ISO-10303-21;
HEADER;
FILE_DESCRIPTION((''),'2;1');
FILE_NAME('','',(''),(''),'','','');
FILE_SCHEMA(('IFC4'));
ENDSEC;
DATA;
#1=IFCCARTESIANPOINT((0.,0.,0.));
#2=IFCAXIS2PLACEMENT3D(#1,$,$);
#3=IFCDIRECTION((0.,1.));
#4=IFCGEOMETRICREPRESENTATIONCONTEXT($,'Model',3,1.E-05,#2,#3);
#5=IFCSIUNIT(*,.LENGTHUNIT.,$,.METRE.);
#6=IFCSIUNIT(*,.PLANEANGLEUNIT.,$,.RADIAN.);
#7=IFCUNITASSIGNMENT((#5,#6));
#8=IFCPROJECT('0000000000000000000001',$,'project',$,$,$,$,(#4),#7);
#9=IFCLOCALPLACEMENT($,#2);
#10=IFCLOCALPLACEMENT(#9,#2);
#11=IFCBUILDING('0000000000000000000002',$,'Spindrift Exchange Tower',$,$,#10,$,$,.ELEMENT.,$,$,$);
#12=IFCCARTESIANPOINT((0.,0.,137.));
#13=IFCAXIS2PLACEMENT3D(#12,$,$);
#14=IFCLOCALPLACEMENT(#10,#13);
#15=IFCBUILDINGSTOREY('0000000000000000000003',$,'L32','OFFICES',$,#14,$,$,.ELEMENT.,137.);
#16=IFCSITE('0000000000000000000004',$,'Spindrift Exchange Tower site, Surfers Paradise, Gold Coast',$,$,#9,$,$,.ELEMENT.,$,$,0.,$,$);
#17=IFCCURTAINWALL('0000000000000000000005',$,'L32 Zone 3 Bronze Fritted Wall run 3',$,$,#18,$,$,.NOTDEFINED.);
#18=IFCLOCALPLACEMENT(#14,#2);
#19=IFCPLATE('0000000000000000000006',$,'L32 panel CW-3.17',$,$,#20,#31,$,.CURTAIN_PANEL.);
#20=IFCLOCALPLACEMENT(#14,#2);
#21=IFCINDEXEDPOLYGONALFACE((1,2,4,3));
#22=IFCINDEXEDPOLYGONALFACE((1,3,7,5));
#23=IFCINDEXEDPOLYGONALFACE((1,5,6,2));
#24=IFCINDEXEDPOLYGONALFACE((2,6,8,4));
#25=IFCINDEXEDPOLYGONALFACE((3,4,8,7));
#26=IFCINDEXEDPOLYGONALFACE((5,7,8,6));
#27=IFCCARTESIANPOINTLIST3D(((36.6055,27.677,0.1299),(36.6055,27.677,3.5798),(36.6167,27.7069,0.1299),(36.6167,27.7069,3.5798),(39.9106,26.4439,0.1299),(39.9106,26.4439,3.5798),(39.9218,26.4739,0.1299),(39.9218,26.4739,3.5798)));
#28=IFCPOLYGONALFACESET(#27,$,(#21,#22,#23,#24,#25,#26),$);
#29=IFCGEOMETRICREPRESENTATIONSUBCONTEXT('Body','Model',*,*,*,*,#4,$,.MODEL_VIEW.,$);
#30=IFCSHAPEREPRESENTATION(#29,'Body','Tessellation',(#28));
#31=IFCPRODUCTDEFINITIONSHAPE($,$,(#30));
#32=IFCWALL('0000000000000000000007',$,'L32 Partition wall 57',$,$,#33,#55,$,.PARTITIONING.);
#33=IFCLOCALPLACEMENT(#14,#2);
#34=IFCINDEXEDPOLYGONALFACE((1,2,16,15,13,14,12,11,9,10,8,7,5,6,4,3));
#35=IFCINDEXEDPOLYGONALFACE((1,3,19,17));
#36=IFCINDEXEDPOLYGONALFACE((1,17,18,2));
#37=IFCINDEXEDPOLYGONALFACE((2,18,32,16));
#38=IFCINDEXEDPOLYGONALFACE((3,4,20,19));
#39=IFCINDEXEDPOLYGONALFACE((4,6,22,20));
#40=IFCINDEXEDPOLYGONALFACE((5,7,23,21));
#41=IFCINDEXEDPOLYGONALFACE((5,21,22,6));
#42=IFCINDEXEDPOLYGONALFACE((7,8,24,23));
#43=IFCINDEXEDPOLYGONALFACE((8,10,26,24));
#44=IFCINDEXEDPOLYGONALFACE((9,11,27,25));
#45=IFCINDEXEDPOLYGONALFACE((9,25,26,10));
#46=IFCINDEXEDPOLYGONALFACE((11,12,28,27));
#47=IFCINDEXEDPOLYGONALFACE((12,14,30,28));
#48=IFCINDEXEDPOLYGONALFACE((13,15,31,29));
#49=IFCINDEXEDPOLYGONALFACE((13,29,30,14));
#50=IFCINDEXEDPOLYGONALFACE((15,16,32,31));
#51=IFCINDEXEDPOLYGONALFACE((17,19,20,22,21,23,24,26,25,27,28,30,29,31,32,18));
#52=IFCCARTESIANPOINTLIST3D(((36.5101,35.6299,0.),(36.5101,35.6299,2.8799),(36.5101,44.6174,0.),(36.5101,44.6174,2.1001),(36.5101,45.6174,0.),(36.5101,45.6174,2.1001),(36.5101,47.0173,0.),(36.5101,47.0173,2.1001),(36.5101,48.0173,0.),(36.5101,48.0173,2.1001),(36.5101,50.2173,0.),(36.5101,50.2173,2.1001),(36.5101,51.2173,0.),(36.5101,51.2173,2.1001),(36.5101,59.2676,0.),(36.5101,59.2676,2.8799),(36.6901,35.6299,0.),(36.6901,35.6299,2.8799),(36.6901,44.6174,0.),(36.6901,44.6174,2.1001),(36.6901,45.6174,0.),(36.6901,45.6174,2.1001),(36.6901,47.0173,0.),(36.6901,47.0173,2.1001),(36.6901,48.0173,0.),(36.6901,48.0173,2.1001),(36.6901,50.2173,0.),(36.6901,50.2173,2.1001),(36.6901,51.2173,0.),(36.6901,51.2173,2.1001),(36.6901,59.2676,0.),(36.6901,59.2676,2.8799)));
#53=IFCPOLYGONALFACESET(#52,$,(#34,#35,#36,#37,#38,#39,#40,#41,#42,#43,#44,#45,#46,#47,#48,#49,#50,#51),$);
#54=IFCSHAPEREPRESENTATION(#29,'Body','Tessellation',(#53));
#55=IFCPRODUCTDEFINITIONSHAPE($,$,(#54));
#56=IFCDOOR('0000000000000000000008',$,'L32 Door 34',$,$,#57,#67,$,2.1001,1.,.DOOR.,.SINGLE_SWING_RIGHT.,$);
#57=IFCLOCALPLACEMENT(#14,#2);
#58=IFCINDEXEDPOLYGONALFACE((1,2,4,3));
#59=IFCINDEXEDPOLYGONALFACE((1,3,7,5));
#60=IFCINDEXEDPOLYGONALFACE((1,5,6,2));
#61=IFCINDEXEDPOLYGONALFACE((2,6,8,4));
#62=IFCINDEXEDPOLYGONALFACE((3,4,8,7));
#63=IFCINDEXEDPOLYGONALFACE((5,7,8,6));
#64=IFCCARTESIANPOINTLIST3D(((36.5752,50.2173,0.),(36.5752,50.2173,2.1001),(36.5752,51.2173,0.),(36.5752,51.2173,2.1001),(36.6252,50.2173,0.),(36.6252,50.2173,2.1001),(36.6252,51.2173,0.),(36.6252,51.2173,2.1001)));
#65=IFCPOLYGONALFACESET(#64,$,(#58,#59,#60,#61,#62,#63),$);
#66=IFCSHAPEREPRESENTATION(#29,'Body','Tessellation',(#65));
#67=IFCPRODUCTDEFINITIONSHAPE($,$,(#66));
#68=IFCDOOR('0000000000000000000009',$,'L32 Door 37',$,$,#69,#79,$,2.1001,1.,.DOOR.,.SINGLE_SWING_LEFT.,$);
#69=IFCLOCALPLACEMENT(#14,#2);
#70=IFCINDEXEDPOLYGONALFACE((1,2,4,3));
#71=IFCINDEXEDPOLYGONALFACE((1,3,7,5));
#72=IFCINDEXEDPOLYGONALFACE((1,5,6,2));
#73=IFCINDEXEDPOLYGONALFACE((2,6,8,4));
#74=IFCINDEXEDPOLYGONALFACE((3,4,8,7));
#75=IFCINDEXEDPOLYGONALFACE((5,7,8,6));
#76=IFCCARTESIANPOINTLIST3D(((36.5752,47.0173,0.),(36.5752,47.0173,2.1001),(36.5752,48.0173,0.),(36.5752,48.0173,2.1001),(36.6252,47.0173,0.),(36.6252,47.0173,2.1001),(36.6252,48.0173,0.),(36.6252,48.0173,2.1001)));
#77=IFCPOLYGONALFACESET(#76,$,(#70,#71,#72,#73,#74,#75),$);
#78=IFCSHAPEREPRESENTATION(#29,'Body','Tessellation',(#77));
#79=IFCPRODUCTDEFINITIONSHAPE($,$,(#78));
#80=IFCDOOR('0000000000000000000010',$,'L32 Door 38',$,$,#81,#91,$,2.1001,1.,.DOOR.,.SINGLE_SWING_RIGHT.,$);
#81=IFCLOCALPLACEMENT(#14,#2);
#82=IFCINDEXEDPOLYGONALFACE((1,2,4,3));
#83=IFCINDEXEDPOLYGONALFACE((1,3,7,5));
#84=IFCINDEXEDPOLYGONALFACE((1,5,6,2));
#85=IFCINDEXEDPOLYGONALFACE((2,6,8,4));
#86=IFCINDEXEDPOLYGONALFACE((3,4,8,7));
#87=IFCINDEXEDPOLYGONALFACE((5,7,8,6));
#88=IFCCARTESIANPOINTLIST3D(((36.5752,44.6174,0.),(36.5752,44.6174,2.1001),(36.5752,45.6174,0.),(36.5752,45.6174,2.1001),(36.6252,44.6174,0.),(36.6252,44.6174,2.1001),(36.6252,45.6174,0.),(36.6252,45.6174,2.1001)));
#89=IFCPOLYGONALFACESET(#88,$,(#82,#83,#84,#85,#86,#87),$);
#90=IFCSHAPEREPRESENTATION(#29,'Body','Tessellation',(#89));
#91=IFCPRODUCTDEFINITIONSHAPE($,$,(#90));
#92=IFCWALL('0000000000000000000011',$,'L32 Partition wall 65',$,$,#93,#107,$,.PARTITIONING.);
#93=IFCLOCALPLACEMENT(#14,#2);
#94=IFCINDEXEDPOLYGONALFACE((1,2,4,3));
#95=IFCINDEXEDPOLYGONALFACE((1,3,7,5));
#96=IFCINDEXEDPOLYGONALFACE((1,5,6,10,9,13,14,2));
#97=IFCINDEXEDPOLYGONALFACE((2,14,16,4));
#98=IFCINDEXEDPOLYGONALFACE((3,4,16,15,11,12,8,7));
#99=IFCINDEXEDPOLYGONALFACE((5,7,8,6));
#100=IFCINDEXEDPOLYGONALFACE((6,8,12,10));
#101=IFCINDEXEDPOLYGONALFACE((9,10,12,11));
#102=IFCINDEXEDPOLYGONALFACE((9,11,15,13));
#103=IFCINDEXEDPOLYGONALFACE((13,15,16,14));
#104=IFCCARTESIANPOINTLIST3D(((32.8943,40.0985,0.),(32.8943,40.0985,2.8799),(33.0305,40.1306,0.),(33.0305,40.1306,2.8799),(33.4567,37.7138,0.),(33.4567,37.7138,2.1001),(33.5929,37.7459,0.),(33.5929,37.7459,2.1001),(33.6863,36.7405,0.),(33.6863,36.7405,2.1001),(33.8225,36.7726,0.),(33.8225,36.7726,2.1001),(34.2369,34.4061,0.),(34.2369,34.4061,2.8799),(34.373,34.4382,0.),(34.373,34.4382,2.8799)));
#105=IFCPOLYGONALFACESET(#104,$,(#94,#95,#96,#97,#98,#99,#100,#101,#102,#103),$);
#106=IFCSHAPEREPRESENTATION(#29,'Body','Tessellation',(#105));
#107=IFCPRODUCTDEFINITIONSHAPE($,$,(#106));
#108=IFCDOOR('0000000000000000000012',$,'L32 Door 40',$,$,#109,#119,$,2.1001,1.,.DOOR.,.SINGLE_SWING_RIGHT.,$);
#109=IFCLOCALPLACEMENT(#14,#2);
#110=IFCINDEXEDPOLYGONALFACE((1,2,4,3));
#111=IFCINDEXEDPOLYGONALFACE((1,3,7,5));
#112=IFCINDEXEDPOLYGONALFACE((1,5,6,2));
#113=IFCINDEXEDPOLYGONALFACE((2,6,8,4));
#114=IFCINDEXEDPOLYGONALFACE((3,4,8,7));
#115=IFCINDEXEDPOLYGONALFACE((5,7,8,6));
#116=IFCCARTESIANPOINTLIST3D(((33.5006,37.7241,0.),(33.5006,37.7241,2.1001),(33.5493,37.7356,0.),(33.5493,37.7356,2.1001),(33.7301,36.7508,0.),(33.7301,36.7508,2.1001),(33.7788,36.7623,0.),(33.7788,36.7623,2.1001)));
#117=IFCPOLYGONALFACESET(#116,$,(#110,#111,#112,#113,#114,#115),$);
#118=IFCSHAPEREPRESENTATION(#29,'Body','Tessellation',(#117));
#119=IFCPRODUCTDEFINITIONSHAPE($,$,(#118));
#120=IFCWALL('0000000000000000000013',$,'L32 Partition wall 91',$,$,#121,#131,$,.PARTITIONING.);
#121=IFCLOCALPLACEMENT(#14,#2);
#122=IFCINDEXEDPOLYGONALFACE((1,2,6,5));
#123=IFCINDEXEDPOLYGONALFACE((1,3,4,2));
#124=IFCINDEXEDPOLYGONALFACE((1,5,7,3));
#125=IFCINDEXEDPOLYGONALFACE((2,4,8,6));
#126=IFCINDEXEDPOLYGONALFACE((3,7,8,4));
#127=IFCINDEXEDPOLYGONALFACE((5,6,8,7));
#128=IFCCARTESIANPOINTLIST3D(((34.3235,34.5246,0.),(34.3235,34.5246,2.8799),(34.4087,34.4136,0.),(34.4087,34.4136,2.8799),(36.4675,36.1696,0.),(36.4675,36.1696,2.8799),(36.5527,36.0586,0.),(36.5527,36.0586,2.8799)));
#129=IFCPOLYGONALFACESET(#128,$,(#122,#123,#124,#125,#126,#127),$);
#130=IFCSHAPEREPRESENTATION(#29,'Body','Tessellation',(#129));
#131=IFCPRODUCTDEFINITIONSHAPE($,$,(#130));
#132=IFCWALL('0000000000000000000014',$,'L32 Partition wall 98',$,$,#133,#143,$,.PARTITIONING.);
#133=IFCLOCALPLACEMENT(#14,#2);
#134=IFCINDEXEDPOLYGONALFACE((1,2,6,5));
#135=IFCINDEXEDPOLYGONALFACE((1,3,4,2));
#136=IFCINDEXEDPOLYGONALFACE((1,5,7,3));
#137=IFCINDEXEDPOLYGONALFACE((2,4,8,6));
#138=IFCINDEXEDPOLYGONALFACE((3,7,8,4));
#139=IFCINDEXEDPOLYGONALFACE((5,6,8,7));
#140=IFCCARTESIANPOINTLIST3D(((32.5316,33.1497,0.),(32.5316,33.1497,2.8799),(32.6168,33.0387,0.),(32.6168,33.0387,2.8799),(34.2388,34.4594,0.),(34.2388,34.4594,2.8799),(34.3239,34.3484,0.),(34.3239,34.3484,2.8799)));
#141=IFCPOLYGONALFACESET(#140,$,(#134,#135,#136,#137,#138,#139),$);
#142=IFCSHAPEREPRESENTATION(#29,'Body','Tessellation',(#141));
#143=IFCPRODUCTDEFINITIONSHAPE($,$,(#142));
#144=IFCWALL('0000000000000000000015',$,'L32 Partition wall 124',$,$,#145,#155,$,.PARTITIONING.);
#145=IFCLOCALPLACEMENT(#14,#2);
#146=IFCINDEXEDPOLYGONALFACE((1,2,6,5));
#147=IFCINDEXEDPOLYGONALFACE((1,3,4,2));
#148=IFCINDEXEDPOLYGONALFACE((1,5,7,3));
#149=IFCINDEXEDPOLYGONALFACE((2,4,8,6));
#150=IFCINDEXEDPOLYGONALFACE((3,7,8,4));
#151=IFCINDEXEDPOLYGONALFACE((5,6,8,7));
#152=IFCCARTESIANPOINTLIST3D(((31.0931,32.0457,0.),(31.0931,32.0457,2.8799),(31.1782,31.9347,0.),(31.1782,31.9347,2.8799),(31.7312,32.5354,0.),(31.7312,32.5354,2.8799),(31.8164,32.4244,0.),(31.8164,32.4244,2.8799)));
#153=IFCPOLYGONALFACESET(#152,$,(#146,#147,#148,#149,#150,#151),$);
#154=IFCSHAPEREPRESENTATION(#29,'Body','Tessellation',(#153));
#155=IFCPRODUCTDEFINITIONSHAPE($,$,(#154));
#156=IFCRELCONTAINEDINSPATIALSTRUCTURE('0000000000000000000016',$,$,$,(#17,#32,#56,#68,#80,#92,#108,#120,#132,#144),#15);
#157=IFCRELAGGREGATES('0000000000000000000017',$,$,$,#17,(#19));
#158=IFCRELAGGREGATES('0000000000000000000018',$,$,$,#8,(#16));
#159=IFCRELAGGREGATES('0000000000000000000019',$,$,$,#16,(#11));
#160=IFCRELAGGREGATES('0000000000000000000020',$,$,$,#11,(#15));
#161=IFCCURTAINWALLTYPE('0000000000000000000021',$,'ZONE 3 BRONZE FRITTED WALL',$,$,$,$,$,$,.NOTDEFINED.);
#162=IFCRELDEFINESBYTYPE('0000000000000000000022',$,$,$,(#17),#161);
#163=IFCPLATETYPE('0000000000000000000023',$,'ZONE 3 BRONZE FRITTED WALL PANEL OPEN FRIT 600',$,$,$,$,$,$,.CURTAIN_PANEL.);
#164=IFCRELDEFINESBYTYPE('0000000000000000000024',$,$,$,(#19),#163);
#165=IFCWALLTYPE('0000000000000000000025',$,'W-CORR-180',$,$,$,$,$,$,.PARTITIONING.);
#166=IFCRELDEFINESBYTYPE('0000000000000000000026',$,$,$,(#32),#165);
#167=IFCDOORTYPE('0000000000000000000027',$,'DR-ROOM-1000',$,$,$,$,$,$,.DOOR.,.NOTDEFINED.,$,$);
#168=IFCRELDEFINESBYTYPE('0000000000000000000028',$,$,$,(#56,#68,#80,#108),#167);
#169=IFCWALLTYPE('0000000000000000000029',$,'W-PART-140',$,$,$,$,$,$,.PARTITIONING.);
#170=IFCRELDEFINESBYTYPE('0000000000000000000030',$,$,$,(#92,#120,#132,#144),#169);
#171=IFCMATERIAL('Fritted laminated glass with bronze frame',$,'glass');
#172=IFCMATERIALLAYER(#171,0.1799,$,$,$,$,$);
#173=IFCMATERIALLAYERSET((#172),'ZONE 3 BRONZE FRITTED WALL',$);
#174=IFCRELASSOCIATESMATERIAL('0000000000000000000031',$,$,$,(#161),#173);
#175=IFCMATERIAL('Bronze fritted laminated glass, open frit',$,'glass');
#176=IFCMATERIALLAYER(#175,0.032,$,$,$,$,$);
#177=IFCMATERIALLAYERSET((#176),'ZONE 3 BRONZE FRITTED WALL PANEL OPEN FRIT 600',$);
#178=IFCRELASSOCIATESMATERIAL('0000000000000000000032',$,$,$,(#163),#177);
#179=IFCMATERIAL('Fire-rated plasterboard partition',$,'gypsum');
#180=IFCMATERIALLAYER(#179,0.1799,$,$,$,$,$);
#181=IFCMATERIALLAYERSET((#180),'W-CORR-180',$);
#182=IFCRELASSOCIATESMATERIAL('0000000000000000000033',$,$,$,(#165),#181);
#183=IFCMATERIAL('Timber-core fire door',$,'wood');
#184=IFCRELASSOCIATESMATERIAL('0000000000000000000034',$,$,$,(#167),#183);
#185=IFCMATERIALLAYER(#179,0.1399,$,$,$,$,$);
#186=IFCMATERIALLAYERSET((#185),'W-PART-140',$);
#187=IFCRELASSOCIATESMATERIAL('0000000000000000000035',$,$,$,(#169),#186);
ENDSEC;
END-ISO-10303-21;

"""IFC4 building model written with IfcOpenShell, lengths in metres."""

from ifc_helpers import new_model, si_unit, direction, frame, frame_2d, origin, origin_2d, place, context, subcontext, project, spatial, rectangle, extrude, source, transform, mapped, material, layer, layer_set, type_object, element, fill, aggregate, save


model = new_model("IFC4")

# Units and contexts
model_context = context("Model", 3, precision=1e-05, world=origin(), true_north=direction((0.0, 1.0)))
body_context = subcontext(model_context, "Body", "Model", "MODEL_VIEW")
ifc_project = project(units=[si_unit("LENGTHUNIT", "METRE"), si_unit("PLANEANGLEUNIT", "RADIAN")], contexts=[model_context])

# Site, building, storey
site_placement = place(None, origin())
site = spatial("IfcSite", under=ifc_project, at=site_placement, Name="Spindrift Exchange Tower site, Surfers Paradise, Gold Coast", CompositionType="ELEMENT", RefElevation=0.0)
building_placement = place(site_placement, origin())
building = spatial("IfcBuilding", under=site, at=building_placement, Name="Spindrift Exchange Tower", CompositionType="ELEMENT")
storey_placement = place(building_placement, frame((0.0, 0.0, 137.0)))
storey = spatial("IfcBuildingStorey", under=building, at=storey_placement, Name="L32", Description="OFFICES", CompositionType="ELEMENT", Elevation=137.0)

# Curtain wall
ifc_material_1 = material(Name="Fritted laminated glass with bronze frame", Category="glass")
ifc_layer_1 = layer(ifc_material_1, 0.1799)
ifc_layer_set_1 = layer_set([ifc_layer_1], Name="ZONE 3 BRONZE FRITTED WALL")
curtain_wall_type = type_object("IfcCurtainWallType", Name="ZONE 3 BRONZE FRITTED WALL", PredefinedType="NOTDEFINED", material=ifc_layer_set_1)
curtain_wall_placement = place(storey_placement, origin())
curtain_wall = element("IfcCurtainWall", 1, at=curtain_wall_placement, inside=storey, type_object=curtain_wall_type, Name="L32 Zone 3 Bronze Fritted Wall run 3", PredefinedType="NOTDEFINED")

# Plate
ifc_material_2 = material(Name="Bronze fritted laminated glass, open frit", Category="glass")
ifc_layer_2 = layer(ifc_material_2, 0.032)
ifc_layer_set_2 = layer_set([ifc_layer_2], Name="ZONE 3 BRONZE FRITTED WALL PANEL OPEN FRIT 600")
plate_type_1 = type_object("IfcPlateType", Name="ZONE 3 BRONZE FRITTED WALL PANEL OPEN FRIT 600", PredefinedType="CURTAIN_PANEL", material=ifc_layer_set_2)
shared_shape_1 = source(origin(), body_context, "Body", "SweptSolid", [
    extrude(rectangle(XDim=3.5276, YDim=0.032, at=origin_2d()), origin(), (0.0, 0.0, 1.0), 3.45),
])
plate_1_placement = place(storey_placement, frame((38.2637, 27.0754, 0.1299), z_axis=(0.0, 0.0, 1.0), x_axis=(0.93692, -0.349545, 0.0)))
plate_1 = element("IfcPlate", 2, at=plate_1_placement, type_object=plate_type_1, Name="L32 panel CW-3.17", PredefinedType="CURTAIN_PANEL", context=body_context, shape_type="MappedRepresentation", body=[
    mapped(shared_shape_1, transform((0.0, 0.0, 0.0), scale=1.0)),
])
aggregate(curtain_wall, [plate_1])

# Wall, openings, doors
ifc_material_3 = material(Name="Fire-rated plasterboard partition", Category="gypsum")
ifc_layer_3 = layer(ifc_material_3, 0.1799)
ifc_layer_set_3 = layer_set([ifc_layer_3], Name="W-CORR-180")
wall_type_1 = type_object("IfcWallType", Name="W-CORR-180", PredefinedType="PARTITIONING", material=ifc_layer_set_3)
wall_1_placement = place(storey_placement, frame((36.6001, 35.6299, 0.0), z_axis=(0.0, 0.0, 1.0), x_axis=(0.0, 1.0, 0.0)))
wall_1 = element("IfcWall", 3, at=wall_1_placement, inside=storey, type_object=wall_type_1, Name="L32 Partition wall 57", PredefinedType="PARTITIONING", context=body_context, shape_type="SweptSolid", body=[
    extrude(rectangle(XDim=23.6377, YDim=0.1799, at=frame_2d((11.8188, 0.0))), origin(), (0.0, 0.0, 1.0), 2.8799),
])
opening_1_placement = place(wall_1_placement, frame((14.5874, 0.0, 0.0)))
opening_1 = element("IfcOpeningElement", 4, at=opening_1_placement, cuts=wall_1, PredefinedType="OPENING", context=body_context, shape_type="SweptSolid", body=[
    extrude(rectangle(XDim=1.0, YDim=2.1001, at=frame_2d((0.5, 1.05))), frame((0.0, 0.0999, 0.0), z_axis=(0.0, -1.0, 0.0), x_axis=(1.0, 0.0, 0.0)), (0.0, 0.0, 1.0), 0.2),
])
opening_2_placement = place(wall_1_placement, frame((11.3875, 0.0, 0.0)))
opening_2 = element("IfcOpeningElement", 5, at=opening_2_placement, cuts=wall_1, PredefinedType="OPENING", context=body_context, shape_type="SweptSolid", body=[
    extrude(rectangle(XDim=1.0, YDim=2.1001, at=frame_2d((0.5, 1.05))), frame((0.0, 0.0999, 0.0), z_axis=(0.0, -1.0, 0.0), x_axis=(1.0, 0.0, 0.0)), (0.0, 0.0, 1.0), 0.2),
])
opening_3_placement = place(wall_1_placement, frame((8.9875, 0.0, 0.0)))
opening_3 = element("IfcOpeningElement", 6, at=opening_3_placement, cuts=wall_1, PredefinedType="OPENING", context=body_context, shape_type="SweptSolid", body=[
    extrude(rectangle(XDim=1.0, YDim=2.1001, at=frame_2d((0.5, 1.05))), frame((0.0, 0.0999, 0.0), z_axis=(0.0, -1.0, 0.0), x_axis=(1.0, 0.0, 0.0)), (0.0, 0.0, 1.0), 0.2),
])
ifc_material_4 = material(Name="Timber-core fire door", Category="wood")
door_type = type_object("IfcDoorType", Name="DR-ROOM-1000", OperationType="NOTDEFINED", PredefinedType="DOOR", material=ifc_material_4)
shared_shape_2 = source(origin(), body_context, "Body", "SweptSolid", [
    extrude(rectangle(XDim=1.0, YDim=2.1001, at=frame_2d((0.5, 1.05))), frame((0.0, 0.0249, 0.0), z_axis=(0.0, -1.0, 0.0), x_axis=(1.0, 0.0, 0.0)), (0.0, 0.0, 1.0), 0.05),
])
door_1_placement = place(opening_1_placement, origin())
door_1 = element("IfcDoor", 7, at=door_1_placement, inside=storey, type_object=door_type, Name="L32 Door 34", OperationType="SINGLE_SWING_RIGHT", OverallHeight=2.1001, OverallWidth=1.0, PredefinedType="DOOR", context=body_context, shape_type="MappedRepresentation", body=[
    mapped(shared_shape_2, transform((0.0, 0.0, 0.0), scale=1.0)),
])
fill(opening_1, door_1)
door_2_placement = place(opening_2_placement, origin())
door_2 = element("IfcDoor", 8, at=door_2_placement, inside=storey, type_object=door_type, Name="L32 Door 37", OperationType="SINGLE_SWING_LEFT", OverallHeight=2.1001, OverallWidth=1.0, PredefinedType="DOOR", context=body_context, shape_type="MappedRepresentation", body=[
    mapped(shared_shape_2, transform((0.0, 0.0, 0.0), scale=1.0)),
])
fill(opening_2, door_2)
door_3_placement = place(opening_3_placement, origin())
door_3 = element("IfcDoor", 9, at=door_3_placement, inside=storey, type_object=door_type, Name="L32 Door 38", OperationType="SINGLE_SWING_RIGHT", OverallHeight=2.1001, OverallWidth=1.0, PredefinedType="DOOR", context=body_context, shape_type="MappedRepresentation", body=[
    mapped(shared_shape_2, transform((0.0, 0.0, 0.0), scale=1.0)),
])
fill(opening_3, door_3)

# Wall, opening, door
ifc_layer_4 = layer(ifc_material_3, 0.1399)
ifc_layer_set_4 = layer_set([ifc_layer_4], Name="W-PART-140")
wall_type_2 = type_object("IfcWallType", Name="W-PART-140", PredefinedType="PARTITIONING", material=ifc_layer_set_4)
wall_2_placement = place(storey_placement, frame((34.3049, 34.4221, 0.0), z_axis=(0.0, 0.0, 1.0), x_axis=(-0.229549, 0.973297, 0.0)))
wall_2 = element("IfcWall", 10, at=wall_2_placement, inside=storey, type_object=wall_type_2, Name="L32 Partition wall 65", PredefinedType="PARTITIONING", context=body_context, shape_type="SweptSolid", body=[
    extrude(rectangle(XDim=5.8486, YDim=0.1399, at=frame_2d((2.9243, 0.0))), origin(), (0.0, 0.0, 1.0), 2.8799),
])
opening_4_placement = place(wall_2_placement, frame((2.3984, 0.0, 0.0)))
opening_4 = element("IfcOpeningElement", 11, at=opening_4_placement, cuts=wall_2, PredefinedType="OPENING", context=body_context, shape_type="SweptSolid", body=[
    extrude(rectangle(XDim=1.0, YDim=2.1001, at=frame_2d((0.5, 1.05))), frame((0.0, 0.0798, 0.0), z_axis=(0.0, -1.0, 0.0), x_axis=(1.0, 0.0, 0.0)), (0.0, 0.0, 1.0), 0.1599),
])
door_4_placement = place(opening_4_placement, origin())
door_4 = element("IfcDoor", 12, at=door_4_placement, inside=storey, type_object=door_type, Name="L32 Door 40", OperationType="SINGLE_SWING_RIGHT", OverallHeight=2.1001, OverallWidth=1.0, PredefinedType="DOOR", context=body_context, shape_type="MappedRepresentation", body=[
    mapped(shared_shape_2, transform((0.0, 0.0, 0.0), scale=1.0)),
])
fill(opening_4, door_4)

# Walls
wall_3_placement = place(storey_placement, frame((36.51, 36.114, 0.0), z_axis=(0.0, 0.0, 1.0), x_axis=(-0.793382, -0.608724, 0.0)))
element("IfcWall", 13, at=wall_3_placement, inside=storey, type_object=wall_type_2, Name="L32 Partition wall 91", PredefinedType="PARTITIONING", context=body_context, shape_type="SweptSolid", body=[
    extrude(rectangle(XDim=2.7024, YDim=0.1399, at=frame_2d((1.3511, 0.0))), origin(), (0.0, 0.0, 1.0), 2.8799),
])
wall_4_placement = place(storey_placement, frame((34.2812, 34.4038, 0.0), z_axis=(0.0, 0.0, 1.0), x_axis=(-0.793416, -0.608679, 0.0)))
element("IfcWall", 14, at=wall_4_placement, inside=storey, type_object=wall_type_2, Name="L32 Partition wall 98", PredefinedType="PARTITIONING", context=body_context, shape_type="SweptSolid", body=[
    extrude(rectangle(XDim=2.1516, YDim=0.1399, at=frame_2d((1.0757, 0.0))), origin(), (0.0, 0.0, 1.0), 2.8799),
])
wall_5_placement = place(storey_placement, frame((31.7739, 32.48, 0.0), z_axis=(0.0, 0.0, 1.0), x_axis=(-0.793323, -0.608801, 0.0)))
element("IfcWall", 15, at=wall_5_placement, inside=storey, type_object=wall_type_2, Name="L32 Partition wall 124", PredefinedType="PARTITIONING", context=body_context, shape_type="SweptSolid", body=[
    extrude(rectangle(XDim=0.8044, YDim=0.1399, at=frame_2d((0.4023, 0.0))), origin(), (0.0, 0.0, 1.0), 2.8799),
])

save(model, "model.ifc")
